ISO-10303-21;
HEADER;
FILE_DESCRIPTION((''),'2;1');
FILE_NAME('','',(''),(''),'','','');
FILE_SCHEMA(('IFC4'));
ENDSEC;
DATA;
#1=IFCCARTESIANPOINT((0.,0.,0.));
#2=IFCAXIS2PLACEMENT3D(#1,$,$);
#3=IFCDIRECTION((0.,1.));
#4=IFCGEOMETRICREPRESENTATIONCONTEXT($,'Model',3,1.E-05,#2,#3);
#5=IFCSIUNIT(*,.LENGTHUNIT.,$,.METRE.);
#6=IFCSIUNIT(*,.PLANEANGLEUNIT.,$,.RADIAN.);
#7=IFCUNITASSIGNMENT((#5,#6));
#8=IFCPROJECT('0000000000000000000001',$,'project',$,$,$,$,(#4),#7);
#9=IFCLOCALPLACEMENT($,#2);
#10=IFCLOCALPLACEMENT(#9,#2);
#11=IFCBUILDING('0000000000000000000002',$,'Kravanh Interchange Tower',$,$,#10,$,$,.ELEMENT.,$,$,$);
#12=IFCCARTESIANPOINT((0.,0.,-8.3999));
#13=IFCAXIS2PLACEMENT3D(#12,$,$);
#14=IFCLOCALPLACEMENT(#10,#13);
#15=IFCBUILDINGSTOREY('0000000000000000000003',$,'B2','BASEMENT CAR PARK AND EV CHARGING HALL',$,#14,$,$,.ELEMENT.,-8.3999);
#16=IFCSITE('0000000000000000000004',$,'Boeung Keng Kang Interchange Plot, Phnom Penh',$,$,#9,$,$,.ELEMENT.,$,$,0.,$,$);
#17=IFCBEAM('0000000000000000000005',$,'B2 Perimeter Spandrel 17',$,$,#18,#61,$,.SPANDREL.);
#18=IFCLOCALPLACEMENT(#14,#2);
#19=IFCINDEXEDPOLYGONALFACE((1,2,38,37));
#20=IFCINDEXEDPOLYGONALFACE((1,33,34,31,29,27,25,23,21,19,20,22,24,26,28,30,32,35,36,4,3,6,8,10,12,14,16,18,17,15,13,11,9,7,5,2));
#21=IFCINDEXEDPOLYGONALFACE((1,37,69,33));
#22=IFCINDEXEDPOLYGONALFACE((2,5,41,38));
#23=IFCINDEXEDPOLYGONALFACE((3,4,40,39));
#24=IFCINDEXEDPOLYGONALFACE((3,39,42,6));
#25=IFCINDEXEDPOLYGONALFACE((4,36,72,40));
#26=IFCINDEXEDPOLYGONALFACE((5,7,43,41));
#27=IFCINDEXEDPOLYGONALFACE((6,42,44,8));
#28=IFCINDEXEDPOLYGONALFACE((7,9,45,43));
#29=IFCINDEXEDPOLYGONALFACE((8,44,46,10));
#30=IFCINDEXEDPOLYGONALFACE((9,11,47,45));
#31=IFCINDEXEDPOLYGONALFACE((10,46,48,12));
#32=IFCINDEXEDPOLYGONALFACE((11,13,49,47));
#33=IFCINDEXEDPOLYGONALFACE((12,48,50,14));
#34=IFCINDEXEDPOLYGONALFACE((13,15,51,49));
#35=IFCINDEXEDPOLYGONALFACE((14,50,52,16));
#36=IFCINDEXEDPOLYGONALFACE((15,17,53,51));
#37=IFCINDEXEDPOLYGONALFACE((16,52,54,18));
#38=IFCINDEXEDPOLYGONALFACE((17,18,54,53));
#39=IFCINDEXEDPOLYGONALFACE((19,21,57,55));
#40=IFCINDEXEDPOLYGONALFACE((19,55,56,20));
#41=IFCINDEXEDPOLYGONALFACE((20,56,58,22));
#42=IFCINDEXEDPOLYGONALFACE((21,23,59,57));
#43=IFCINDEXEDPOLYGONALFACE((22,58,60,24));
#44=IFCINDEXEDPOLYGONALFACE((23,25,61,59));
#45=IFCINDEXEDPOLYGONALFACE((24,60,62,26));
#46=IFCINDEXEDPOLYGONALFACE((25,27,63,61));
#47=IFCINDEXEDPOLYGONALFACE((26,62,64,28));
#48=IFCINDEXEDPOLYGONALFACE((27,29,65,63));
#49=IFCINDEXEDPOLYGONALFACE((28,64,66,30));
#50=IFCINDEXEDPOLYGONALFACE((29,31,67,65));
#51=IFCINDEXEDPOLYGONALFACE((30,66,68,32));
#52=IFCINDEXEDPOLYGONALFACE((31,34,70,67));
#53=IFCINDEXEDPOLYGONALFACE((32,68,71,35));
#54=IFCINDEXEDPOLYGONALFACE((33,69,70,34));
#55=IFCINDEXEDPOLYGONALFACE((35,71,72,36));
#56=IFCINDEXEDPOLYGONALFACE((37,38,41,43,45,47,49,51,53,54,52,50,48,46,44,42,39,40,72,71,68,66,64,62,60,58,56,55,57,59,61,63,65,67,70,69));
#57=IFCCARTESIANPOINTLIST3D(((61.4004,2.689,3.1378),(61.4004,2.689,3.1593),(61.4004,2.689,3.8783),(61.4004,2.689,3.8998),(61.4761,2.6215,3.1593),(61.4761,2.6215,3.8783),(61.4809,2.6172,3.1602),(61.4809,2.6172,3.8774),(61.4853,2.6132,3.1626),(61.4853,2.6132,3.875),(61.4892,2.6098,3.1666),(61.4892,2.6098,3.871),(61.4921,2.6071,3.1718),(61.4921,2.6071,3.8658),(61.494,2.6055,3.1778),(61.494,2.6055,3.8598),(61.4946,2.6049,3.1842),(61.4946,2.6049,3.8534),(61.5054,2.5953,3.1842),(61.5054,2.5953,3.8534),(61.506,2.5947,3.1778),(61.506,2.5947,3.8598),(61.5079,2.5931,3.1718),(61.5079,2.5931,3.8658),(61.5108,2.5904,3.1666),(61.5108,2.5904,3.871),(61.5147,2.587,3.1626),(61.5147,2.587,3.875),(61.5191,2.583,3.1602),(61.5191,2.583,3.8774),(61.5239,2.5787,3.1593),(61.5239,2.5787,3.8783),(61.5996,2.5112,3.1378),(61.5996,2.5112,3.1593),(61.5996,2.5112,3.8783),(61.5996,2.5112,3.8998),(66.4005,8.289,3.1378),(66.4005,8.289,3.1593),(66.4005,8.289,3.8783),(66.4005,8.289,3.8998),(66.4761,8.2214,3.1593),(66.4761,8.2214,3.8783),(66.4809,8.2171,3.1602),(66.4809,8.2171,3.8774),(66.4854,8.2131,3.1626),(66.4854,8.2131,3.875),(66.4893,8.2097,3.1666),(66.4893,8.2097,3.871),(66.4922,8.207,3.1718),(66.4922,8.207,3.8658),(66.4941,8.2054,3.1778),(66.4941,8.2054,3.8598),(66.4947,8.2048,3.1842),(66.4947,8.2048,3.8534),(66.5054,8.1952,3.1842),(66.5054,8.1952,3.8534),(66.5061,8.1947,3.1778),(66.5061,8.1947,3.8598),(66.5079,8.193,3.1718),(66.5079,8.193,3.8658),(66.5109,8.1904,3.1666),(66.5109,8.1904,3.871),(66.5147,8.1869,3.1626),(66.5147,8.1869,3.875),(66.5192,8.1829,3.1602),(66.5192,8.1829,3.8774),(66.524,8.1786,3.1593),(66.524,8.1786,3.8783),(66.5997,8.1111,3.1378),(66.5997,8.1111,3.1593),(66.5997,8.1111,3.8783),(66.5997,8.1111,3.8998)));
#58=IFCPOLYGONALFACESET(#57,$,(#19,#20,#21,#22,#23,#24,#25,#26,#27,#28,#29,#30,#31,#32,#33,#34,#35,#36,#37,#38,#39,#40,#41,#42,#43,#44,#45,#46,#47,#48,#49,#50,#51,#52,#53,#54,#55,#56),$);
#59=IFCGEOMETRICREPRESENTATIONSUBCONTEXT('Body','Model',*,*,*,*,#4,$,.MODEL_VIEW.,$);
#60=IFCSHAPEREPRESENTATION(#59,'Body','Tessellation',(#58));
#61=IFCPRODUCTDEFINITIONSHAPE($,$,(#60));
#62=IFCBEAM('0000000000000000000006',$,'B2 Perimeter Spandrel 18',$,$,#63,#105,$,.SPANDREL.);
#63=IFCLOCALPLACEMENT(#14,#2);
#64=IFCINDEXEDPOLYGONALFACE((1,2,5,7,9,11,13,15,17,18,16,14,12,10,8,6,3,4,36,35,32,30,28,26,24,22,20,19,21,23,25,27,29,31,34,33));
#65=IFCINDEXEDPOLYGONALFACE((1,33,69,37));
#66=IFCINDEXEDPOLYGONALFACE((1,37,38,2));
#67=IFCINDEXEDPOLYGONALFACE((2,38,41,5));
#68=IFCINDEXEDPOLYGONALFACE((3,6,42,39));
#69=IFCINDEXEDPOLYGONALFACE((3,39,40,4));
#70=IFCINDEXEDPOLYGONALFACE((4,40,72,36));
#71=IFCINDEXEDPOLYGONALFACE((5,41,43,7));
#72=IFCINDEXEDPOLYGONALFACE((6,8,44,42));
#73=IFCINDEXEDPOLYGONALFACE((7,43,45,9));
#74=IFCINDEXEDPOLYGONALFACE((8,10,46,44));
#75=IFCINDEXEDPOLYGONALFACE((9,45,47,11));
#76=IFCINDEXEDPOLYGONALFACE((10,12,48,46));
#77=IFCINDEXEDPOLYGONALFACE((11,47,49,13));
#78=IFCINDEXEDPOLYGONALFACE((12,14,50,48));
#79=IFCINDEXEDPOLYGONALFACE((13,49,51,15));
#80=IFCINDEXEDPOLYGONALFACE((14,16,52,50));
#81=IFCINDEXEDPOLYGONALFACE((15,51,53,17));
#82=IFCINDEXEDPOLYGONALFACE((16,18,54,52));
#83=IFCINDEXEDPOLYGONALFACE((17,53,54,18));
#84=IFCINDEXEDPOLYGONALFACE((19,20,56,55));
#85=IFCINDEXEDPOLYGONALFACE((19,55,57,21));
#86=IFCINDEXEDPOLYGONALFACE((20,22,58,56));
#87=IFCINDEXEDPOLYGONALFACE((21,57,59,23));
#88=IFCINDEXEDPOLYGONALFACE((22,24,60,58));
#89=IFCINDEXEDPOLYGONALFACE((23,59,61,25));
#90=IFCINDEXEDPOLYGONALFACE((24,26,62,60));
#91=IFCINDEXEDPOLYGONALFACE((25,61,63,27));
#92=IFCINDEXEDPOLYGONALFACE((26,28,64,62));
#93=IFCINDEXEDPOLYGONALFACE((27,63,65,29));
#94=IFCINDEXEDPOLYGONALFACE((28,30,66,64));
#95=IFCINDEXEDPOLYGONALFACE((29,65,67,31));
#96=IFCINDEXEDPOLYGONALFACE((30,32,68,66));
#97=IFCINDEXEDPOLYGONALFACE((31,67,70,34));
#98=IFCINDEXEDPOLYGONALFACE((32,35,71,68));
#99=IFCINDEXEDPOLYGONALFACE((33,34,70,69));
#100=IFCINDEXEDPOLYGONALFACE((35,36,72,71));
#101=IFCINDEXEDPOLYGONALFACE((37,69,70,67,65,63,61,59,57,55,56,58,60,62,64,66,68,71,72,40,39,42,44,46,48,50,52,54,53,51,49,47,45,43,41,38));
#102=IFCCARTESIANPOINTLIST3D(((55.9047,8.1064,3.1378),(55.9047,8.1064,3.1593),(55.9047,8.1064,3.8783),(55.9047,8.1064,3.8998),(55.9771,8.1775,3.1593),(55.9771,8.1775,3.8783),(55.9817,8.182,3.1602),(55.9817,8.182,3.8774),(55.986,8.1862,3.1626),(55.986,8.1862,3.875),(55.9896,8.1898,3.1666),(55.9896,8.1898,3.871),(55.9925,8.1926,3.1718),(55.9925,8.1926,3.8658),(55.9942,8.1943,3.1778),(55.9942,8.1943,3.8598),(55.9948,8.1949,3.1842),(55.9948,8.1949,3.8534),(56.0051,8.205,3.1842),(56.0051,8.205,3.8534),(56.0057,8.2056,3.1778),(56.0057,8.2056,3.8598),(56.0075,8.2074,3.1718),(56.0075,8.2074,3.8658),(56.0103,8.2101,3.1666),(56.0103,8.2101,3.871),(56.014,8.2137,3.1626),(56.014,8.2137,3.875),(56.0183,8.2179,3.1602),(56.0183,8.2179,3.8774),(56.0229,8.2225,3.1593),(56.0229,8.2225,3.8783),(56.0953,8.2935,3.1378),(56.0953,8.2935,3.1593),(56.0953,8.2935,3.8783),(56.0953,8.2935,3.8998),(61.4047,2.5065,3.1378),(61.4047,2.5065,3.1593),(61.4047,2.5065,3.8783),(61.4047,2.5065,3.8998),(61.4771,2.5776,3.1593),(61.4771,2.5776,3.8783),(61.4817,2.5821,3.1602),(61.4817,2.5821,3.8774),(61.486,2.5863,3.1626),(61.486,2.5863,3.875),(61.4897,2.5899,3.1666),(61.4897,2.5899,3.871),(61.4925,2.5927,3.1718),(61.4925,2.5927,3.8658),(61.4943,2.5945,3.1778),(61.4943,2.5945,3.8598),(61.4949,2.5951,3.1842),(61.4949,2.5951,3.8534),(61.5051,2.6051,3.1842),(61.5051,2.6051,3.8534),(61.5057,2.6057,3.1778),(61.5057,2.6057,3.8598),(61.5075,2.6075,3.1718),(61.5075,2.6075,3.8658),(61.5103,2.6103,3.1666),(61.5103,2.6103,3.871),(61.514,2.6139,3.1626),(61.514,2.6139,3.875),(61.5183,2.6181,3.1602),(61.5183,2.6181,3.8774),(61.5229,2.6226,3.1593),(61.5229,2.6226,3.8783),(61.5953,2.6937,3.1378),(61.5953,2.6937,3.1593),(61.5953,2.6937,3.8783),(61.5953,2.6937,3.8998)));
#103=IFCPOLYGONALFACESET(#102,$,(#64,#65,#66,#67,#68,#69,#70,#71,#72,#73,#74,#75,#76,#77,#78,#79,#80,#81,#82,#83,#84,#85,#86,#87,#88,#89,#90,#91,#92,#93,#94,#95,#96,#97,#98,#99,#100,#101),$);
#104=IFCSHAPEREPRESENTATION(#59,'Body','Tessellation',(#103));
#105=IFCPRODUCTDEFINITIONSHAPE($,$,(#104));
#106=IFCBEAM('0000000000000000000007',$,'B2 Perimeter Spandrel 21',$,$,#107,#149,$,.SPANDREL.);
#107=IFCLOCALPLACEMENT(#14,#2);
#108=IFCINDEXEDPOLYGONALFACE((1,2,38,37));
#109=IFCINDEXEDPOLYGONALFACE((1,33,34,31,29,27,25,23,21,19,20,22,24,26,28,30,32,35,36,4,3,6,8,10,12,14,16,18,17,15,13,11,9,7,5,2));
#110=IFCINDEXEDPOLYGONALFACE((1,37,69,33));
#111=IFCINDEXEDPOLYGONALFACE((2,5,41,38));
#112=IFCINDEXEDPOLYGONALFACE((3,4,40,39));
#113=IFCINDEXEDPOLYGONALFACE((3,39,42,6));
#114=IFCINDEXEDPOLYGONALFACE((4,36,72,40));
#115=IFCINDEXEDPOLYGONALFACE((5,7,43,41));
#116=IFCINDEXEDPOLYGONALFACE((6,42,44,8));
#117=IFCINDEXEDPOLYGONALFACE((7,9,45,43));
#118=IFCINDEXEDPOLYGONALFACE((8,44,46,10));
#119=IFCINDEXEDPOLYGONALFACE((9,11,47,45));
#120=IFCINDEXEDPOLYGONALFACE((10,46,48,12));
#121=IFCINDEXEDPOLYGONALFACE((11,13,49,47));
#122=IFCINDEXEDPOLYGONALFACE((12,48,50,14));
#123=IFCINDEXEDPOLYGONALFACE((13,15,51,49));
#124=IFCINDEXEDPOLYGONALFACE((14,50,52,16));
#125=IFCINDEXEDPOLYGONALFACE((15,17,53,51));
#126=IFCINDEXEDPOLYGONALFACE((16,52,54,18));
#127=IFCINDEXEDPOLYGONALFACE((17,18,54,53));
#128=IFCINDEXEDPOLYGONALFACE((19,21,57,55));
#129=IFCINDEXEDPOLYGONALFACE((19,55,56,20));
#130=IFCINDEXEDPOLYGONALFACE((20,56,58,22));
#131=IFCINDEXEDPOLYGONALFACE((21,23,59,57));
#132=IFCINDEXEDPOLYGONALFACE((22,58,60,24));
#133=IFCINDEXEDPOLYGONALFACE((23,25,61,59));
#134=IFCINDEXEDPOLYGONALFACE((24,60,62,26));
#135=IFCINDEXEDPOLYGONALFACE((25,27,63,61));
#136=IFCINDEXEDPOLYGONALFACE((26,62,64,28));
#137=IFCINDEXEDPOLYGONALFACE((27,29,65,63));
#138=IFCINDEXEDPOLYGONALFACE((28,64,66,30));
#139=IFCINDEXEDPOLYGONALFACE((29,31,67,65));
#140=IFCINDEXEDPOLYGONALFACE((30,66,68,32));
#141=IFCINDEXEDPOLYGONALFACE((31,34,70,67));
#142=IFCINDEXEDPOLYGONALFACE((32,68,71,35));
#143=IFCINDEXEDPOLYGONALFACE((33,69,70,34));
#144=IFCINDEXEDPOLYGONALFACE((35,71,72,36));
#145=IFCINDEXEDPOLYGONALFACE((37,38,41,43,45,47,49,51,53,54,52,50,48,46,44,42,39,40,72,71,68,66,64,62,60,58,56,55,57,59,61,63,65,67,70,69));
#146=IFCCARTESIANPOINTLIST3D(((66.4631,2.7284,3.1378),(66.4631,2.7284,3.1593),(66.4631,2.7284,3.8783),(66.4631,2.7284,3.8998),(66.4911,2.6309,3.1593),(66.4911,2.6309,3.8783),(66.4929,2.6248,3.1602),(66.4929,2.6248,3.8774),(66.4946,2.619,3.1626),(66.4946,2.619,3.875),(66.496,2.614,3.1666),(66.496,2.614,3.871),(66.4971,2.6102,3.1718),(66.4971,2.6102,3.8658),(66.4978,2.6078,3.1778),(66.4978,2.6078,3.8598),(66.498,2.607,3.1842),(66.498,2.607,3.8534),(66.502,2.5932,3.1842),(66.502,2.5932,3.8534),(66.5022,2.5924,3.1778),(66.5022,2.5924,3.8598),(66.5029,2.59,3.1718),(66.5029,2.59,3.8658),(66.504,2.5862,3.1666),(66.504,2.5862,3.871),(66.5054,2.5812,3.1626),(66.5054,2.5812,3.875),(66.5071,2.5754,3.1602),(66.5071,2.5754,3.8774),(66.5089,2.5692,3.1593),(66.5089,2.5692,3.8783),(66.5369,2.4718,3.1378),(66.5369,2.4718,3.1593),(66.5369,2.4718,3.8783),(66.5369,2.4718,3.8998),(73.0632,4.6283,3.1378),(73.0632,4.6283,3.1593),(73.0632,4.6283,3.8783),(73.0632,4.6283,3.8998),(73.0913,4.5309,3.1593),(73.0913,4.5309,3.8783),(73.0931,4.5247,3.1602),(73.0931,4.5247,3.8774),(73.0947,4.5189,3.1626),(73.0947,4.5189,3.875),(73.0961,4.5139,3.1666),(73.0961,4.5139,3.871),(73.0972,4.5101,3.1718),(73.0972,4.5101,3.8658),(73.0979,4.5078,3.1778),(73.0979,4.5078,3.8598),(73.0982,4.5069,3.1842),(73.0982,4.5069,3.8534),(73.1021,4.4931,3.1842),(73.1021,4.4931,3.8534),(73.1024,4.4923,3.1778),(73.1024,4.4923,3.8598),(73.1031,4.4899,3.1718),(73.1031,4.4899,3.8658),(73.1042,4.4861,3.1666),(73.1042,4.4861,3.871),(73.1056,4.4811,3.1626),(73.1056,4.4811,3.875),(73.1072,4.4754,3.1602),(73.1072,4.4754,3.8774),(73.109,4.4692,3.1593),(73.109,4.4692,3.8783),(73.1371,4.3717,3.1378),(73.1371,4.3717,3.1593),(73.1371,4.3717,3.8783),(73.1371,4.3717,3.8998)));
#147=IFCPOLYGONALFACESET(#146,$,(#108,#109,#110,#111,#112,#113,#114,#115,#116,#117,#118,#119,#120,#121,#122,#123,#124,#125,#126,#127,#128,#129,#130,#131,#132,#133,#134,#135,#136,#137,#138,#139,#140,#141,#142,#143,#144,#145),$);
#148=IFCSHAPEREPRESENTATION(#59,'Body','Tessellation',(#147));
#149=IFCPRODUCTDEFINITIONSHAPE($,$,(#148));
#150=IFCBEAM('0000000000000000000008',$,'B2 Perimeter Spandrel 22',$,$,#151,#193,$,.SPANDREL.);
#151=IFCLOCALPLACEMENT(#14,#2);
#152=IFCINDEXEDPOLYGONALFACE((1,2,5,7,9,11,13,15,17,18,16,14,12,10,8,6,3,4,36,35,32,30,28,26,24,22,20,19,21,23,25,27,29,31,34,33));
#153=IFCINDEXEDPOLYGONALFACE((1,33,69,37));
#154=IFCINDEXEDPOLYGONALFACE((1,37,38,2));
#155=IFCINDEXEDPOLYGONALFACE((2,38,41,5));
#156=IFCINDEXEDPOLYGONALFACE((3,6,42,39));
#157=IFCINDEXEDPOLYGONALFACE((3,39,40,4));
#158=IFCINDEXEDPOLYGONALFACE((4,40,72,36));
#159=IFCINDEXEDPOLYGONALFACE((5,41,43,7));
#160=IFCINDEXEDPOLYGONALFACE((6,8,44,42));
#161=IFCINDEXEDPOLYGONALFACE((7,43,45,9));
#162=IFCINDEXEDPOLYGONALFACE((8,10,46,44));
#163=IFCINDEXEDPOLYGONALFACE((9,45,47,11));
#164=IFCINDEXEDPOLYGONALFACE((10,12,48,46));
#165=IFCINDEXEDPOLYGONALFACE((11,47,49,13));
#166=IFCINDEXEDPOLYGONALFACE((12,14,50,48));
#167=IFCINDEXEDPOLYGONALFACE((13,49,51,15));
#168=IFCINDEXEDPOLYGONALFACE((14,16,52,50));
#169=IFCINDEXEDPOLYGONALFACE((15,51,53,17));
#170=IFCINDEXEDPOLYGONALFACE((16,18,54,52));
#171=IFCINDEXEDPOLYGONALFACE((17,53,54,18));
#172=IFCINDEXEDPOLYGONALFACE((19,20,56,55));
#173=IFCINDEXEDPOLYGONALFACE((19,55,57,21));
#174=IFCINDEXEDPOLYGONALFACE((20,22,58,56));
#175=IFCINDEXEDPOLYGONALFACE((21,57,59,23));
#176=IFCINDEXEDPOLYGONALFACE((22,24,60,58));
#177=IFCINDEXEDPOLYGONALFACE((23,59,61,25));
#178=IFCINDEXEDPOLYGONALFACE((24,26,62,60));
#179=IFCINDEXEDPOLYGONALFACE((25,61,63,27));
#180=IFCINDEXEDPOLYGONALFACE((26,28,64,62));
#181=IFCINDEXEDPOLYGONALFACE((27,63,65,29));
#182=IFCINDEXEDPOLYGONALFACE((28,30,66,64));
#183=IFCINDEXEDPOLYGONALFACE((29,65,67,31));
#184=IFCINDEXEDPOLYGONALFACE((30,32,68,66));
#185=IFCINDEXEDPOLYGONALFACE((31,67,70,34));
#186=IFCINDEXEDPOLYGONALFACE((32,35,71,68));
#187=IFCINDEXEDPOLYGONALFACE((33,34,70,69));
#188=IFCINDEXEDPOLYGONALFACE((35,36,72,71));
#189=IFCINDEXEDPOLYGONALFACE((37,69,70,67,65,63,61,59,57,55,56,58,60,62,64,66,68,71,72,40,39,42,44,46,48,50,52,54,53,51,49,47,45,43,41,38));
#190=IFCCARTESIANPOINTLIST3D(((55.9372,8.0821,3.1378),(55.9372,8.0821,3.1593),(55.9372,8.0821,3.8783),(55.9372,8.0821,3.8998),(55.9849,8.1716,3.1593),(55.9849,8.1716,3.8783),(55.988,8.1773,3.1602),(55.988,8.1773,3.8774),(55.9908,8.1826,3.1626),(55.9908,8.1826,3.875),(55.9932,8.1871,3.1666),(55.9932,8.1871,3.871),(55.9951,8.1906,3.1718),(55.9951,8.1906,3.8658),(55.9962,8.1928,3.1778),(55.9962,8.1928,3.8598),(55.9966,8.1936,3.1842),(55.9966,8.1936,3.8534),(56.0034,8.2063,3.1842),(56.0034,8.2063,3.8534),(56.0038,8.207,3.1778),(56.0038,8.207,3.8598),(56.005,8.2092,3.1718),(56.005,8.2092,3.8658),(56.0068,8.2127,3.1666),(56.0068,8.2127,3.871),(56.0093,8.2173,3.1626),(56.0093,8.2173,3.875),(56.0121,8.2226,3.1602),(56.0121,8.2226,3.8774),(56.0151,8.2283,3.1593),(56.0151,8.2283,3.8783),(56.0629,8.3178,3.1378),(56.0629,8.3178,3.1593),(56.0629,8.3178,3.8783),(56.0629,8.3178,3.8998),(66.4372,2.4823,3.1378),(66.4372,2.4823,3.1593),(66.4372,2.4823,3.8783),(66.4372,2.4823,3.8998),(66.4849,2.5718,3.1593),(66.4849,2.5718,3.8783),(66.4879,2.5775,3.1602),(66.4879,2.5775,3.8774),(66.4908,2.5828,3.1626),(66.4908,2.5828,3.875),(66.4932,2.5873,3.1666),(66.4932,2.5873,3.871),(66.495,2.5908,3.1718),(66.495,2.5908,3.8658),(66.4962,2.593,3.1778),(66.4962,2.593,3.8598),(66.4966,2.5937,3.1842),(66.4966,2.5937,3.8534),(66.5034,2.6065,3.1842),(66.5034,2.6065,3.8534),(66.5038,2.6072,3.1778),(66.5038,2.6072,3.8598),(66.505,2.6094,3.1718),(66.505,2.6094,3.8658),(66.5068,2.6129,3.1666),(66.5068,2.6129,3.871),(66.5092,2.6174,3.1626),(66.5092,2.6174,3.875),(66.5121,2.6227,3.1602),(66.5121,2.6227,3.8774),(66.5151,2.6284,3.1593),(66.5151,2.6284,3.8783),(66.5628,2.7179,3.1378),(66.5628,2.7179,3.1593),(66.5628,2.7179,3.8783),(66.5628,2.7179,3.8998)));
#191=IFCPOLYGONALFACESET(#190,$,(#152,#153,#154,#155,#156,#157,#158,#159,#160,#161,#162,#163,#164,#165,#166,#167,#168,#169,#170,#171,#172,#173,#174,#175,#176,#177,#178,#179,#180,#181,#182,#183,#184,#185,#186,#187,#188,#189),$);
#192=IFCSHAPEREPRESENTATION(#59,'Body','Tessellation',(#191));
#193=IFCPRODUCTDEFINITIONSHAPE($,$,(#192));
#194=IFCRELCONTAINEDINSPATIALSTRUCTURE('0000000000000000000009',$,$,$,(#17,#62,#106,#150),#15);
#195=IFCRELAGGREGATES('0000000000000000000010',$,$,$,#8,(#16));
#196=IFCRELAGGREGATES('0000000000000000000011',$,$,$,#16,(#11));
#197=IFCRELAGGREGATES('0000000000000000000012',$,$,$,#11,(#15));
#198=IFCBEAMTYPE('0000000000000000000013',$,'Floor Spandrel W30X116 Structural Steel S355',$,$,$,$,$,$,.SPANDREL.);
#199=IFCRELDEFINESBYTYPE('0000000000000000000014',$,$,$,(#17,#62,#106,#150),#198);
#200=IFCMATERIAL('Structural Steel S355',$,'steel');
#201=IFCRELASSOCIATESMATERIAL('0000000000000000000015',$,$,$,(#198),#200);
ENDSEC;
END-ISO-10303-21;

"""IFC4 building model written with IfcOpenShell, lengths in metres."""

from ifc_helpers import new_model, si_unit, direction, frame, origin, origin_2d, place, context, subcontext, project, spatial, i_section, extrude, material, material_profile, profile_set, type_object, element, save


model = new_model("IFC4")

# Units and contexts
model_context = context("Model", 3, precision=1e-05, world=origin(), true_north=direction((0.0, 1.0)))
body_context = subcontext(model_context, "Body", "Model", "MODEL_VIEW")
ifc_project = project(units=[si_unit("LENGTHUNIT", "METRE"), si_unit("PLANEANGLEUNIT", "RADIAN")], contexts=[model_context])

# Site, building, storey
site_placement = place(None, origin())
site = spatial("IfcSite", under=ifc_project, at=site_placement, Name="Boeung Keng Kang Interchange Plot, Phnom Penh", CompositionType="ELEMENT", RefElevation=0.0)
building_placement = place(site_placement, origin())
building = spatial("IfcBuilding", under=site, at=building_placement, Name="Kravanh Interchange Tower", CompositionType="ELEMENT")
storey_placement = place(building_placement, frame((0.0, 0.0, -8.3999)))
storey = spatial("IfcBuildingStorey", under=building, at=storey_placement, Name="B2", Description="BASEMENT CAR PARK AND EV CHARGING HALL", CompositionType="ELEMENT", Elevation=-8.3999)

# Beams
ifc_material_1 = material(Name="Structural Steel S355", Category="steel")
ifc_material_profile_1 = material_profile(ifc_material_1, i_section(OverallWidth=0.2671, OverallDepth=0.762, WebThickness=0.0144, FlangeThickness=0.0215, FilletRadius=0.0249, at=origin_2d()), Name="W30X116")
ifc_profile_set_1 = profile_set([ifc_material_profile_1], Name="Structural Steel S355")
beam_type_1 = type_object("IfcBeamType", Name="Floor Spandrel W30X116 Structural Steel S355", PredefinedType="SPANDREL", material=ifc_profile_set_1)
beam_1_placement = place(storey_placement, frame((61.5, 2.6001, 3.5188), z_axis=(0.666025, 0.745929, 0.0), x_axis=(-0.745929, 0.666025, 0.0)))
element("IfcBeam", 1, at=beam_1_placement, inside=storey, type_object=beam_type_1, Name="B2 Perimeter Spandrel 17", PredefinedType="SPANDREL", context=body_context, shape_type="SweptSolid", body=[
    extrude(i_section(OverallWidth=0.2671, OverallDepth=0.762, WebThickness=0.0144, FlangeThickness=0.0215, FilletRadius=0.0249, at=origin_2d()), origin(), (0.0, 0.0, 1.0), 7.5073),
])
beam_2_placement = place(storey_placement, frame((61.5, 2.6001, 3.5188), z_axis=(-0.700717, 0.713439, 0.0), x_axis=(-0.713439, -0.700717, 0.0)))
element("IfcBeam", 2, at=beam_2_placement, inside=storey, type_object=beam_type_1, Name="B2 Perimeter Spandrel 18", PredefinedType="SPANDREL", context=body_context, shape_type="SweptSolid", body=[
    extrude(i_section(OverallWidth=0.2671, OverallDepth=0.762, WebThickness=0.0144, FlangeThickness=0.0215, FilletRadius=0.0249, at=origin_2d()), origin(), (0.0, 0.0, 1.0), 7.8491),
])
beam_3_placement = place(storey_placement, frame((66.5, 2.6001, 3.5188), z_axis=(0.960977, 0.276627, 0.0), x_axis=(-0.276627, 0.960977, 0.0)))
element("IfcBeam", 3, at=beam_3_placement, inside=storey, type_object=beam_type_1, Name="B2 Perimeter Spandrel 21", PredefinedType="SPANDREL", context=body_context, shape_type="SweptSolid", body=[
    extrude(i_section(OverallWidth=0.2671, OverallDepth=0.762, WebThickness=0.0144, FlangeThickness=0.0215, FilletRadius=0.0249, at=origin_2d()), origin(), (0.0, 0.0, 1.0), 6.8682),
])
beam_4_placement = place(storey_placement, frame((66.5, 2.6001, 3.5188), z_axis=(-0.882358, 0.470579, 0.0), x_axis=(-0.470579, -0.882358, 0.0)))
element("IfcBeam", 4, at=beam_4_placement, inside=storey, type_object=beam_type_1, Name="B2 Perimeter Spandrel 22", PredefinedType="SPANDREL", context=body_context, shape_type="SweptSolid", body=[
    extrude(i_section(OverallWidth=0.2671, OverallDepth=0.762, WebThickness=0.0144, FlangeThickness=0.0215, FilletRadius=0.0249, at=origin_2d()), origin(), (0.0, 0.0, 1.0), 11.8999),
])

save(model, "model.ifc")
